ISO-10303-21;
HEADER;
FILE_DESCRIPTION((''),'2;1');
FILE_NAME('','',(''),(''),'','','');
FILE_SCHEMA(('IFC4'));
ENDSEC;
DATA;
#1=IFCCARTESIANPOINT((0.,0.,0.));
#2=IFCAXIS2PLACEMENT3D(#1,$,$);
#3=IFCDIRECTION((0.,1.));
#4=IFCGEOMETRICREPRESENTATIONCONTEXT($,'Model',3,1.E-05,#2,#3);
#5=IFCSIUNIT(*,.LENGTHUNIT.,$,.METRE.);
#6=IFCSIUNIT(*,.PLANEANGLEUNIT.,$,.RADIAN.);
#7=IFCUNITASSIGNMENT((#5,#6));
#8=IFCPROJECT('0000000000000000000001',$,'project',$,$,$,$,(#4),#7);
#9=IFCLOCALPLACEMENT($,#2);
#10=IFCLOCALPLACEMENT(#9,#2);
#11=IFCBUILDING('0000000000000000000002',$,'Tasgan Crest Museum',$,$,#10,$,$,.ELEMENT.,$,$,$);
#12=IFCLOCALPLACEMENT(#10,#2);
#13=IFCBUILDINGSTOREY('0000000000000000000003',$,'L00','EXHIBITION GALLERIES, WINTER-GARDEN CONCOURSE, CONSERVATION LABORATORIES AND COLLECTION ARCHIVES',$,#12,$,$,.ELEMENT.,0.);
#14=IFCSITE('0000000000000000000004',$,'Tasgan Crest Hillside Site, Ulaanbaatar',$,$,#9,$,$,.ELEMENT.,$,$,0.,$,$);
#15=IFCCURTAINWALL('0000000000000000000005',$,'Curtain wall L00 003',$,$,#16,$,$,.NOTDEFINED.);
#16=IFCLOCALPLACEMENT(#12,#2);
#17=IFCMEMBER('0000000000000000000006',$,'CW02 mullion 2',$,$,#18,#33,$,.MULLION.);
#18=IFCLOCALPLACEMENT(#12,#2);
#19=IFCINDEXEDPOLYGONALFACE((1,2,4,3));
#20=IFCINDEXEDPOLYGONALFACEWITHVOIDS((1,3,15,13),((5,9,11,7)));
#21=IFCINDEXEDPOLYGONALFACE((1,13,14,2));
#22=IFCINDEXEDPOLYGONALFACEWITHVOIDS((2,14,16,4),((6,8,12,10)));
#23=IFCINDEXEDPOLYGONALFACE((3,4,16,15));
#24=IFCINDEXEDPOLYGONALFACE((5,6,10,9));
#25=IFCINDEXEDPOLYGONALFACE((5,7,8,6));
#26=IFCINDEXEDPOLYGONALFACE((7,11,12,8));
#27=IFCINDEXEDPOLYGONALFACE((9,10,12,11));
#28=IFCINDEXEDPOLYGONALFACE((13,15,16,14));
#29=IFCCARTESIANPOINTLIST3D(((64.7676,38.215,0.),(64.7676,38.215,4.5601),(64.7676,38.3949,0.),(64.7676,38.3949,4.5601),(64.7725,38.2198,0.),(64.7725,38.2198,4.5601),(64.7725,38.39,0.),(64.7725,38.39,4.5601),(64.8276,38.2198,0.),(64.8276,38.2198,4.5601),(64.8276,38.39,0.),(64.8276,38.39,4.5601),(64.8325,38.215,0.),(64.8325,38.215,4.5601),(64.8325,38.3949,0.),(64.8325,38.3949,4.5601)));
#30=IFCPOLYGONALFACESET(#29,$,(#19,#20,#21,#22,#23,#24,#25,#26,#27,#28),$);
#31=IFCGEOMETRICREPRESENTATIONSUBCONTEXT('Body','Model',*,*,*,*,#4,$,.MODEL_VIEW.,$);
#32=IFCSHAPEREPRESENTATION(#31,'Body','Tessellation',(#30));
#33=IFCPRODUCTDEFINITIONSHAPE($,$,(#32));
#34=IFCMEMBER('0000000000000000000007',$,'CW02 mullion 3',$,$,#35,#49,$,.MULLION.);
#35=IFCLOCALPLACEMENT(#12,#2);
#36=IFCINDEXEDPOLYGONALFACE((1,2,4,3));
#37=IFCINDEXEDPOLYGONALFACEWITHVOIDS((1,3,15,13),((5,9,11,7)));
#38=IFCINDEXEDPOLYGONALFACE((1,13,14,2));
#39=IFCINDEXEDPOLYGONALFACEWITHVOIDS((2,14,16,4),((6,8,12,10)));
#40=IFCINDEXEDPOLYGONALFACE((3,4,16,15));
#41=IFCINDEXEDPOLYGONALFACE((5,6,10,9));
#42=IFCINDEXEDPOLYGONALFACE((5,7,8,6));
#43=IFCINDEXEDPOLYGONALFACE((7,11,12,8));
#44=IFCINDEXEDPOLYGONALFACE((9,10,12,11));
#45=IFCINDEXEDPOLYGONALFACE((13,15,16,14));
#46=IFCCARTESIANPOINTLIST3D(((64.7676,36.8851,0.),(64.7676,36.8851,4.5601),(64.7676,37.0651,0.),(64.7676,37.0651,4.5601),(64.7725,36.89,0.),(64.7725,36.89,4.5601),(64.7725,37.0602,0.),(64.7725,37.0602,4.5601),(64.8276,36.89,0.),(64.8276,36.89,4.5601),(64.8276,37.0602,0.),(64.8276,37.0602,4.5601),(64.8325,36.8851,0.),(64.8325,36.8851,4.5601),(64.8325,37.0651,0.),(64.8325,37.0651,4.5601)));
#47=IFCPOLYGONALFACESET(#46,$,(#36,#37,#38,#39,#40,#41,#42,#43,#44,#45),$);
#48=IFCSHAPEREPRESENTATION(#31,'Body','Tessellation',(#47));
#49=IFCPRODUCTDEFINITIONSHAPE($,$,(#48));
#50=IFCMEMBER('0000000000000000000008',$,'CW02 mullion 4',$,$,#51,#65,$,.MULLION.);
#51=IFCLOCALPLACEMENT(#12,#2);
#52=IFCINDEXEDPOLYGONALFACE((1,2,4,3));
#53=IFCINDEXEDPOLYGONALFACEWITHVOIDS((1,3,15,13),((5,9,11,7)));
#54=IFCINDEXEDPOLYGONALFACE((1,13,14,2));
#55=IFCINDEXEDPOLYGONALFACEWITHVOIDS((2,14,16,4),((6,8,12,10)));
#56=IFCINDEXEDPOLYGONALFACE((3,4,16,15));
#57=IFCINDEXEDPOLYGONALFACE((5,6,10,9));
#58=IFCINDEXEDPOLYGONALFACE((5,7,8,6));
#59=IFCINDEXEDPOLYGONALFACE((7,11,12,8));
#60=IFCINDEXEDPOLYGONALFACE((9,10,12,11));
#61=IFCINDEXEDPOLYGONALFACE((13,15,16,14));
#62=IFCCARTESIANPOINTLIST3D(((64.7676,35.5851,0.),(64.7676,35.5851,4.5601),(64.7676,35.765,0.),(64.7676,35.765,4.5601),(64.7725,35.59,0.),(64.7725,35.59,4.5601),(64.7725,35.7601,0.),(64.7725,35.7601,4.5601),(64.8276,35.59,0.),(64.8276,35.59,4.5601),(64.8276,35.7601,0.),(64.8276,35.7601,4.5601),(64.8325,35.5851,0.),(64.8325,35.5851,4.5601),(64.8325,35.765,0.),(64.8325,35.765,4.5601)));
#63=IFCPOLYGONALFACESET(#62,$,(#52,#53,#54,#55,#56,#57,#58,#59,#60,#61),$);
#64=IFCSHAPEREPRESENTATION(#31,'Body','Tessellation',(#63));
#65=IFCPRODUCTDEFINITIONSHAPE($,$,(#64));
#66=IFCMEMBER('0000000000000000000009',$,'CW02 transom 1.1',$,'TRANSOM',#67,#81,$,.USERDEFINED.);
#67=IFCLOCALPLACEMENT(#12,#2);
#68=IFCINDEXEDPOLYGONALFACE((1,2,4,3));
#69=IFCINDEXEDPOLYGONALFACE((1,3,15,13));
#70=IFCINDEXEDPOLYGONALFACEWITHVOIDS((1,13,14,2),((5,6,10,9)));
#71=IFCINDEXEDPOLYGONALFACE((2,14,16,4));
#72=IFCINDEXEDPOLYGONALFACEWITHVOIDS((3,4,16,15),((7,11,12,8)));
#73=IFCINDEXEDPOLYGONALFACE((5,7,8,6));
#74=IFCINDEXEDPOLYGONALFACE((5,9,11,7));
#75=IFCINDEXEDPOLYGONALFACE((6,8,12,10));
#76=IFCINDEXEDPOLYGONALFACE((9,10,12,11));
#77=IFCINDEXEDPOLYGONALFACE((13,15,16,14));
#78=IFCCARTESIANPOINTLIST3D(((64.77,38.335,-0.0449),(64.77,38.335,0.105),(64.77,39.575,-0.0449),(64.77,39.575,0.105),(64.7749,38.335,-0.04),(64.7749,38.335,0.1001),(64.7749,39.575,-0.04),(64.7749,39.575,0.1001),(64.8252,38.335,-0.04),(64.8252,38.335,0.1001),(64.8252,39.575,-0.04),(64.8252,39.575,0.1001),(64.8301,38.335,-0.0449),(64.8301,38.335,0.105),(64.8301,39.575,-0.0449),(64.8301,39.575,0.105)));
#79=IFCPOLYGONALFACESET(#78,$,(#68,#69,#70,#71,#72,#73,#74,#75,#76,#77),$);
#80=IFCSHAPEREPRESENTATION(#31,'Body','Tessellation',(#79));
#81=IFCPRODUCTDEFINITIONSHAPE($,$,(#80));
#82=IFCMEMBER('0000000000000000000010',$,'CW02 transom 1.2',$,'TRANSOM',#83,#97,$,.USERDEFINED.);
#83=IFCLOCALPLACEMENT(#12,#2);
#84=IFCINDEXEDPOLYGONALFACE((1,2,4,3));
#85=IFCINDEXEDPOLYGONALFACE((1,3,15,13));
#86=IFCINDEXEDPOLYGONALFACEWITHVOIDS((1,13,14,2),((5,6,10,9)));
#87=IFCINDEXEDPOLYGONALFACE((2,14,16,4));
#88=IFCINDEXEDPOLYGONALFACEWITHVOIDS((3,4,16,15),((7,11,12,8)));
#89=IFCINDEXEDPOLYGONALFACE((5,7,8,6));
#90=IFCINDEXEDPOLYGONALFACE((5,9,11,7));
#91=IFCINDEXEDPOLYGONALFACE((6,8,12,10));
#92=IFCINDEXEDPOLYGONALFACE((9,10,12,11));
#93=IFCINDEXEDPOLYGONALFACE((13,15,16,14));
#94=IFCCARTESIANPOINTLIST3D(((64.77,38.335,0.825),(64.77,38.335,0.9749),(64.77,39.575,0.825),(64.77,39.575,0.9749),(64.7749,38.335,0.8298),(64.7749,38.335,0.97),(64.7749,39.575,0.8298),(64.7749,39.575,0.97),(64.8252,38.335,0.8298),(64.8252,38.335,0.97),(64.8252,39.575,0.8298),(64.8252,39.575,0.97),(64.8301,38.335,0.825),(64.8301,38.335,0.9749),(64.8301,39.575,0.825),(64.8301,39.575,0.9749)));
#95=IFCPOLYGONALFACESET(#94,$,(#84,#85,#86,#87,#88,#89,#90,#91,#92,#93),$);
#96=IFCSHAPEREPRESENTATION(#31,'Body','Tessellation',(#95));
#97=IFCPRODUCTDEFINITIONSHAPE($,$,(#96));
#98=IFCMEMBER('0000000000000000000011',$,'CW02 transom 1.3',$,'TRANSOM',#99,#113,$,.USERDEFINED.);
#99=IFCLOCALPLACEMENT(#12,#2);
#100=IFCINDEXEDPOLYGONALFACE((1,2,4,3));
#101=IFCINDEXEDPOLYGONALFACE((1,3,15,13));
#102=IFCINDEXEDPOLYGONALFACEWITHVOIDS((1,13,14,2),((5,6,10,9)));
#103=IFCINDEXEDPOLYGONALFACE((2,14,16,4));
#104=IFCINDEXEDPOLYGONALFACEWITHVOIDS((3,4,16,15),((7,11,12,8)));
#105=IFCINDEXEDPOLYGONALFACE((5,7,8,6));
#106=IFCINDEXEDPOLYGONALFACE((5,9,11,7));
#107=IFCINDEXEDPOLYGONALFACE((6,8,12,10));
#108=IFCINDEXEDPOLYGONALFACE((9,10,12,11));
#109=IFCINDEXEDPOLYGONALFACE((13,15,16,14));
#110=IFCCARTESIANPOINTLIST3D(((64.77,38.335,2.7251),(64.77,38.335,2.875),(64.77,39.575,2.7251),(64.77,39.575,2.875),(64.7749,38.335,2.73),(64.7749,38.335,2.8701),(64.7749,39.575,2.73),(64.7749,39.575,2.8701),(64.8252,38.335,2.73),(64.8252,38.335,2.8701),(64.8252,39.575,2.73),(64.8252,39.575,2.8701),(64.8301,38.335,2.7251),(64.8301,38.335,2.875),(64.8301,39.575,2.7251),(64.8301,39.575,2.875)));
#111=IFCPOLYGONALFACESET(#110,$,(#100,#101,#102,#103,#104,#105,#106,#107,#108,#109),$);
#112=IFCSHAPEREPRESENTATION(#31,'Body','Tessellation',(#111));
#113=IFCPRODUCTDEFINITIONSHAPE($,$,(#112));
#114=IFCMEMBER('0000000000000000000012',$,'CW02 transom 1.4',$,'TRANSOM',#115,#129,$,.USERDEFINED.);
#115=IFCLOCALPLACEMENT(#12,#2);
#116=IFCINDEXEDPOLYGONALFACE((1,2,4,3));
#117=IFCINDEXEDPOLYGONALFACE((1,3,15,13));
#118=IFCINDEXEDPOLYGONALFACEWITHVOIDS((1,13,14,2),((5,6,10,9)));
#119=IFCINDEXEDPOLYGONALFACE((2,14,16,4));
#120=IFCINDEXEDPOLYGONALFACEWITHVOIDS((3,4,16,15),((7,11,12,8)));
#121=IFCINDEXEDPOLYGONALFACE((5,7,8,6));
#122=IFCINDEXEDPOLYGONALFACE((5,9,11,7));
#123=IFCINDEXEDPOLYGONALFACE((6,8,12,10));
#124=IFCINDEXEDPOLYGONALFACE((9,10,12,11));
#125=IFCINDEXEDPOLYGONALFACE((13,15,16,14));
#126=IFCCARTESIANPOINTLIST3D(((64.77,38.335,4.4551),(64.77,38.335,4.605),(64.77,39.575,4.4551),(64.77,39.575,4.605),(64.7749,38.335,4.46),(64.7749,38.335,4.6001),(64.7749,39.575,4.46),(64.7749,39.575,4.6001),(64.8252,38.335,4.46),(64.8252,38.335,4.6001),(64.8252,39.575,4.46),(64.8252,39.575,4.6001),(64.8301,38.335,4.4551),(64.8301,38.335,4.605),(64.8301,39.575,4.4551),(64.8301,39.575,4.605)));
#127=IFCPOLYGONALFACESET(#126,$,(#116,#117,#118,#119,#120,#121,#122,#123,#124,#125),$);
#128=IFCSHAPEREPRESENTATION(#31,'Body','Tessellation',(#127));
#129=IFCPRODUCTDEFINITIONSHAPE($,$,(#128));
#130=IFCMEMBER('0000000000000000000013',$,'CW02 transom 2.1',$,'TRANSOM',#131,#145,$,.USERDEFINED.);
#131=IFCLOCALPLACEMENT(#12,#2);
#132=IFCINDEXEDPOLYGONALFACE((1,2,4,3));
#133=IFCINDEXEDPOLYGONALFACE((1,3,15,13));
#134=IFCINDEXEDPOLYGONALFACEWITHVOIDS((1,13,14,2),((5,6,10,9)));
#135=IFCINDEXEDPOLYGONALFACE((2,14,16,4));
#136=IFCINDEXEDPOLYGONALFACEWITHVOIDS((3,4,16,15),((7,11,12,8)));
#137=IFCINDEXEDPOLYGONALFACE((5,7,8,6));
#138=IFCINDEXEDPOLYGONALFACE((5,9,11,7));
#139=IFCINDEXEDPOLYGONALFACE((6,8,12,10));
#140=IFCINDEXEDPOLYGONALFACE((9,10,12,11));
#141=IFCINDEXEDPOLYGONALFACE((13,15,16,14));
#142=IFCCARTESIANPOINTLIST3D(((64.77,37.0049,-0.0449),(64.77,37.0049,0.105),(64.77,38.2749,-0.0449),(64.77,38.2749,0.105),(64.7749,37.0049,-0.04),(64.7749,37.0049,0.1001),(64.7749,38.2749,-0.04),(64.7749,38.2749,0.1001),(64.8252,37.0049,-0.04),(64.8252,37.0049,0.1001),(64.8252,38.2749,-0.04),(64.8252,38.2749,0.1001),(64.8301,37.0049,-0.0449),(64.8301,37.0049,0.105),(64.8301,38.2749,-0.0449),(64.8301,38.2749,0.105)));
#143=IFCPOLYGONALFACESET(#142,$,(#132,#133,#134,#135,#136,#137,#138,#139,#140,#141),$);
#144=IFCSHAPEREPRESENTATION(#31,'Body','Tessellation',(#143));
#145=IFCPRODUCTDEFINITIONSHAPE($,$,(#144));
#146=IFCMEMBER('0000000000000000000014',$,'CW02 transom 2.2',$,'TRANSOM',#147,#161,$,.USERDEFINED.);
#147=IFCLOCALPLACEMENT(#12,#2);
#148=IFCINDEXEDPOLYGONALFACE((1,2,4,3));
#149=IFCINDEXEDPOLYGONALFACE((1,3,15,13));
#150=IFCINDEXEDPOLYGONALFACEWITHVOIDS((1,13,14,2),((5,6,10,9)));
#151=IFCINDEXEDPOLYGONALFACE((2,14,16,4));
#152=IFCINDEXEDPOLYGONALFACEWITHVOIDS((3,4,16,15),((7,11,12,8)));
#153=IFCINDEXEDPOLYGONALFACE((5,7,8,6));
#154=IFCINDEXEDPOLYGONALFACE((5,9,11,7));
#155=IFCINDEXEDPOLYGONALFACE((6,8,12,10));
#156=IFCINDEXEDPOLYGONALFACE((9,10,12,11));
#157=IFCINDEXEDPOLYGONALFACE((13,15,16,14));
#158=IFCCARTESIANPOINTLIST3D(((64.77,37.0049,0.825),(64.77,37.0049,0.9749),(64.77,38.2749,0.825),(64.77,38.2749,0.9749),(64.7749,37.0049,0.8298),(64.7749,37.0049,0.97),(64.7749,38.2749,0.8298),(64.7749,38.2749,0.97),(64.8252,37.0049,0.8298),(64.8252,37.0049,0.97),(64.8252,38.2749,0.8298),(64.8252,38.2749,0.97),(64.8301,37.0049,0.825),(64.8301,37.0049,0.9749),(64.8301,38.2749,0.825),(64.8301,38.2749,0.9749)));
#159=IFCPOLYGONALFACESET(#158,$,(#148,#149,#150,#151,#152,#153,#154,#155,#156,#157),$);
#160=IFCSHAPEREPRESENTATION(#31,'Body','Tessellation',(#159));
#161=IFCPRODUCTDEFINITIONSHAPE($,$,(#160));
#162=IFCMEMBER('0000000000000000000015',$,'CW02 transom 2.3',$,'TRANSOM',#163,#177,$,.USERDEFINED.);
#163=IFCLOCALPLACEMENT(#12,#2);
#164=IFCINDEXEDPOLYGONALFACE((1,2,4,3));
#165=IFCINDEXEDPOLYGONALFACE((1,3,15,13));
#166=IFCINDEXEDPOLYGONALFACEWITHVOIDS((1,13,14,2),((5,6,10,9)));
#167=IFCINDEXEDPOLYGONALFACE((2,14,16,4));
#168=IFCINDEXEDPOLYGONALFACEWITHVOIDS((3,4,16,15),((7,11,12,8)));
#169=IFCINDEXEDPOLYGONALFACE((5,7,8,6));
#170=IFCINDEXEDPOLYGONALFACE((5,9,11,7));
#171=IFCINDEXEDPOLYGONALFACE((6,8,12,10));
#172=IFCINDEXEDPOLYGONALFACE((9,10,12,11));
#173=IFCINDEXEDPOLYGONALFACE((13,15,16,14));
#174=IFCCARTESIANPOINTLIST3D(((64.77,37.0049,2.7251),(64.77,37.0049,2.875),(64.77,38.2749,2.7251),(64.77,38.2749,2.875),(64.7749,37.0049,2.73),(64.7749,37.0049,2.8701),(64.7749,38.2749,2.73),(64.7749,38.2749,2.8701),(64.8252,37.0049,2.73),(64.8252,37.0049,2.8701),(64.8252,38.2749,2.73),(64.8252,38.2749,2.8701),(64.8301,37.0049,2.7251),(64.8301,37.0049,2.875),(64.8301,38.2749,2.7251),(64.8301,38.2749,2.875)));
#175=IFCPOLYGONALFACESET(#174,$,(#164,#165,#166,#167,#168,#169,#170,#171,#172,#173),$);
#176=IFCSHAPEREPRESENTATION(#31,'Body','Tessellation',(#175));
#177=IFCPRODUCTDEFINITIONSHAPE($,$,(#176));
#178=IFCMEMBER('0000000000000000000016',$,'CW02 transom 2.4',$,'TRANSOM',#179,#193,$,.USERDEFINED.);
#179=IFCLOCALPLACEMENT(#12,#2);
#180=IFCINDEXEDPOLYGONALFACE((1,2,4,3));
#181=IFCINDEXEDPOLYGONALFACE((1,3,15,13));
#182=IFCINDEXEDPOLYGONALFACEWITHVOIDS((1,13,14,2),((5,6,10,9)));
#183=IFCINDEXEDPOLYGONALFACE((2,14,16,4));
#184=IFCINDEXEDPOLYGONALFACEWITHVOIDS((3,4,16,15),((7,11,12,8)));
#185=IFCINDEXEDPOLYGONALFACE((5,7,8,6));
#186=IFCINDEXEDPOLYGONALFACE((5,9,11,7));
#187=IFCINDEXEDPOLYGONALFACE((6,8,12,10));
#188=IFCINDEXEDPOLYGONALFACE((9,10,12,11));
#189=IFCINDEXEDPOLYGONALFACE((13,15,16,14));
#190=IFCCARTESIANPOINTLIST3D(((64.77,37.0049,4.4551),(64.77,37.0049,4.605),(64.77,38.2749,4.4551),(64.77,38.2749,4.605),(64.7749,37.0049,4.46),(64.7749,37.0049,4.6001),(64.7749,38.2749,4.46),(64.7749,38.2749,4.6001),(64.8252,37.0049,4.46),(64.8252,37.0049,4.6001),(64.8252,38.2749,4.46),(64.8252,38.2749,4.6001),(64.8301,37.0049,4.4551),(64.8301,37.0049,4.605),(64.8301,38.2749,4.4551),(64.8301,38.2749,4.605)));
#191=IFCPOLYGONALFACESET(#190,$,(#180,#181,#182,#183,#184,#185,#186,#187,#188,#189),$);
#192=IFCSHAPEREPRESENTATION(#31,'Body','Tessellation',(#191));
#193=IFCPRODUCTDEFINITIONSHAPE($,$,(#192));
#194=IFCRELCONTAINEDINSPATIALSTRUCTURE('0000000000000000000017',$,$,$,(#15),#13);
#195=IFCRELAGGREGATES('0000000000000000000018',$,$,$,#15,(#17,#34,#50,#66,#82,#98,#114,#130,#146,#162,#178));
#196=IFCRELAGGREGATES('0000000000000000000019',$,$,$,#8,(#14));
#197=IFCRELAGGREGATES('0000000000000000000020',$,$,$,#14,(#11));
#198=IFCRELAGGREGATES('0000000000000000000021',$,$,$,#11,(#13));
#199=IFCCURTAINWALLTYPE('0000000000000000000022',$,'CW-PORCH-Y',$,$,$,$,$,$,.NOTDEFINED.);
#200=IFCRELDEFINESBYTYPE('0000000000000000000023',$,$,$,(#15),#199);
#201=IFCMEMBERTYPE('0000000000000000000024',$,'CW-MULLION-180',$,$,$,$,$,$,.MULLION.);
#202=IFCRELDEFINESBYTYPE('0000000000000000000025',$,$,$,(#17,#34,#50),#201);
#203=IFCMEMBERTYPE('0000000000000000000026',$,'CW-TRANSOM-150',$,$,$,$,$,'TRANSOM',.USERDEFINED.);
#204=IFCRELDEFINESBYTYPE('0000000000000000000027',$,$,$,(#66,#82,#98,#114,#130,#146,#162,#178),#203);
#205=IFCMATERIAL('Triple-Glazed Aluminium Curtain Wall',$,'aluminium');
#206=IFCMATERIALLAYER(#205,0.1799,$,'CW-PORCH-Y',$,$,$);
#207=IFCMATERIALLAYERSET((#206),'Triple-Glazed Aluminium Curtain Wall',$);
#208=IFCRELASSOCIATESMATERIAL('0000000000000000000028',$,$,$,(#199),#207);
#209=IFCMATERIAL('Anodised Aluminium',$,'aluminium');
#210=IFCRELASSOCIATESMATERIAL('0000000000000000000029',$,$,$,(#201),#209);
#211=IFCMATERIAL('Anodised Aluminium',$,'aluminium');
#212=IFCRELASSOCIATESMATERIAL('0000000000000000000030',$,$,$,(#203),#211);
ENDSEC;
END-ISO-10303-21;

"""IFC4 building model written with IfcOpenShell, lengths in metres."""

from ifc_helpers import new_model, si_unit, direction, frame, origin, origin_2d, place, context, subcontext, project, spatial, hollow_rectangle, extrude, material, layer, layer_set, material_profile, profile_set, type_object, element, aggregate, save


model = new_model("IFC4")

# Units and contexts
model_context = context("Model", 3, precision=1e-05, world=origin(), true_north=direction((0.0, 1.0)))
body_context = subcontext(model_context, "Body", "Model", "MODEL_VIEW")
ifc_project = project(units=[si_unit("LENGTHUNIT", "METRE"), si_unit("PLANEANGLEUNIT", "RADIAN")], contexts=[model_context])

# Site, building, storey
site_placement = place(None, origin())
site = spatial("IfcSite", under=ifc_project, at=site_placement, Name="Tasgan Crest Hillside Site, Ulaanbaatar", CompositionType="ELEMENT", RefElevation=0.0)
building_placement = place(site_placement, origin())
building = spatial("IfcBuilding", under=site, at=building_placement, Name="Tasgan Crest Museum", CompositionType="ELEMENT")
storey_placement = place(building_placement, origin())
storey = spatial("IfcBuildingStorey", under=building, at=storey_placement, Name="L00", Description="EXHIBITION GALLERIES, WINTER-GARDEN CONCOURSE, CONSERVATION LABORATORIES AND COLLECTION ARCHIVES", CompositionType="ELEMENT", Elevation=0.0)

# Curtain wall, members
ifc_material_1 = material(Name="Triple-Glazed Aluminium Curtain Wall", Category="aluminium")
ifc_layer_1 = layer(ifc_material_1, 0.1799, Name="CW-PORCH-Y")
ifc_layer_set_1 = layer_set([ifc_layer_1], Name="Triple-Glazed Aluminium Curtain Wall")
curtain_wall_type_1 = type_object("IfcCurtainWallType", Name="CW-PORCH-Y", PredefinedType="NOTDEFINED", material=ifc_layer_set_1)
curtain_wall_1_placement = place(storey_placement, origin())
curtain_wall_1 = element("IfcCurtainWall", 1, at=curtain_wall_1_placement, inside=storey, type_object=curtain_wall_type_1, Name="Curtain wall L00 003", PredefinedType="NOTDEFINED")
ifc_material_2 = material(Name="Anodised Aluminium", Category="aluminium")
ifc_material_profile_1 = material_profile(ifc_material_2, hollow_rectangle(XDim=0.0649, YDim=0.1799, WallThickness=0.0049, at=origin_2d()), Name="ALU MULLION 180x65x5")
ifc_profile_set_1 = profile_set([ifc_material_profile_1], Name="Anodised Aluminium")
member_type_1 = type_object("IfcMemberType", Name="CW-MULLION-180", PredefinedType="MULLION", material=ifc_profile_set_1)
member_1_placement = place(storey_placement, frame((64.8, 38.3049, 0.0), z_axis=(0.0, 0.0, 1.0), x_axis=(1.0, 0.0, 0.0)))
member_1 = element("IfcMember", 2, at=member_1_placement, type_object=member_type_1, Name="CW02 mullion 2", PredefinedType="MULLION", context=body_context, shape_type="SweptSolid", body=[
    extrude(hollow_rectangle(XDim=0.0649, YDim=0.1799, WallThickness=0.0049, at=origin_2d()), origin(), (0.0, 0.0, 1.0), 4.5601),
])
member_2_placement = place(storey_placement, frame((64.8, 36.9751, 0.0), z_axis=(0.0, 0.0, 1.0), x_axis=(1.0, 0.0, 0.0)))
member_2 = element("IfcMember", 3, at=member_2_placement, type_object=member_type_1, Name="CW02 mullion 3", PredefinedType="MULLION", context=body_context, shape_type="SweptSolid", body=[
    extrude(hollow_rectangle(XDim=0.0649, YDim=0.1799, WallThickness=0.0049, at=origin_2d()), origin(), (0.0, 0.0, 1.0), 4.5601),
])
member_3_placement = place(storey_placement, frame((64.8, 35.675, 0.0), z_axis=(0.0, 0.0, 1.0), x_axis=(1.0, 0.0, 0.0)))
member_3 = element("IfcMember", 4, at=member_3_placement, type_object=member_type_1, Name="CW02 mullion 4", PredefinedType="MULLION", context=body_context, shape_type="SweptSolid", body=[
    extrude(hollow_rectangle(XDim=0.0649, YDim=0.1799, WallThickness=0.0049, at=origin_2d()), origin(), (0.0, 0.0, 1.0), 4.5601),
])
ifc_material_3 = material(Name="Anodised Aluminium", Category="aluminium")
ifc_material_profile_2 = material_profile(ifc_material_3, hollow_rectangle(XDim=0.0601, YDim=0.1499, WallThickness=0.0049, at=origin_2d()), Name="ALU TRANSOM 150x60x5")
ifc_profile_set_2 = profile_set([ifc_material_profile_2], Name="Anodised Aluminium")
member_type_2 = type_object("IfcMemberType", Name="CW-TRANSOM-150", ElementType="TRANSOM", PredefinedType="USERDEFINED", material=ifc_profile_set_2)
member_4_placement = place(storey_placement, frame((64.8, 39.575, 0.03), z_axis=(0.0, -1.0, 0.0), x_axis=(1.0, 0.0, 0.0)))
member_4 = element("IfcMember", 5, at=member_4_placement, type_object=member_type_2, Name="CW02 transom 1.1", ObjectType="TRANSOM", PredefinedType="USERDEFINED", context=body_context, shape_type="SweptSolid", body=[
    extrude(hollow_rectangle(XDim=0.0601, YDim=0.1499, WallThickness=0.0049, at=origin_2d()), origin(), (0.0, 0.0, 1.0), 1.24),
])
member_5_placement = place(storey_placement, frame((64.8, 39.575, 0.8999), z_axis=(0.0, -1.0, 0.0), x_axis=(1.0, 0.0, 0.0)))
member_5 = element("IfcMember", 6, at=member_5_placement, type_object=member_type_2, Name="CW02 transom 1.2", ObjectType="TRANSOM", PredefinedType="USERDEFINED", context=body_context, shape_type="SweptSolid", body=[
    extrude(hollow_rectangle(XDim=0.0601, YDim=0.1499, WallThickness=0.0049, at=origin_2d()), origin(), (0.0, 0.0, 1.0), 1.24),
])
member_6_placement = place(storey_placement, frame((64.8, 39.575, 2.8), z_axis=(0.0, -1.0, 0.0), x_axis=(1.0, 0.0, 0.0)))
member_6 = element("IfcMember", 7, at=member_6_placement, type_object=member_type_2, Name="CW02 transom 1.3", ObjectType="TRANSOM", PredefinedType="USERDEFINED", context=body_context, shape_type="SweptSolid", body=[
    extrude(hollow_rectangle(XDim=0.0601, YDim=0.1499, WallThickness=0.0049, at=origin_2d()), origin(), (0.0, 0.0, 1.0), 1.24),
])
member_7_placement = place(storey_placement, frame((64.8, 39.575, 4.53), z_axis=(0.0, -1.0, 0.0), x_axis=(1.0, 0.0, 0.0)))
member_7 = element("IfcMember", 8, at=member_7_placement, type_object=member_type_2, Name="CW02 transom 1.4", ObjectType="TRANSOM", PredefinedType="USERDEFINED", context=body_context, shape_type="SweptSolid", body=[
    extrude(hollow_rectangle(XDim=0.0601, YDim=0.1499, WallThickness=0.0049, at=origin_2d()), origin(), (0.0, 0.0, 1.0), 1.24),
])
member_8_placement = place(storey_placement, frame((64.8, 38.2749, 0.03), z_axis=(0.0, -1.0, 0.0), x_axis=(1.0, 0.0, 0.0)))
member_8 = element("IfcMember", 9, at=member_8_placement, type_object=member_type_2, Name="CW02 transom 2.1", ObjectType="TRANSOM", PredefinedType="USERDEFINED", context=body_context, shape_type="SweptSolid", body=[
    extrude(hollow_rectangle(XDim=0.0601, YDim=0.1499, WallThickness=0.0049, at=origin_2d()), origin(), (0.0, 0.0, 1.0), 1.27),
])
member_9_placement = place(storey_placement, frame((64.8, 38.2749, 0.8999), z_axis=(0.0, -1.0, 0.0), x_axis=(1.0, 0.0, 0.0)))
member_9 = element("IfcMember", 10, at=member_9_placement, type_object=member_type_2, Name="CW02 transom 2.2", ObjectType="TRANSOM", PredefinedType="USERDEFINED", context=body_context, shape_type="SweptSolid", body=[
    extrude(hollow_rectangle(XDim=0.0601, YDim=0.1499, WallThickness=0.0049, at=origin_2d()), origin(), (0.0, 0.0, 1.0), 1.27),
])
member_10_placement = place(storey_placement, frame((64.8, 38.2749, 2.8), z_axis=(0.0, -1.0, 0.0), x_axis=(1.0, 0.0, 0.0)))
member_10 = element("IfcMember", 11, at=member_10_placement, type_object=member_type_2, Name="CW02 transom 2.3", ObjectType="TRANSOM", PredefinedType="USERDEFINED", context=body_context, shape_type="SweptSolid", body=[
    extrude(hollow_rectangle(XDim=0.0601, YDim=0.1499, WallThickness=0.0049, at=origin_2d()), origin(), (0.0, 0.0, 1.0), 1.27),
])
member_11_placement = place(storey_placement, frame((64.8, 38.2749, 4.53), z_axis=(0.0, -1.0, 0.0), x_axis=(1.0, 0.0, 0.0)))
member_11 = element("IfcMember", 12, at=member_11_placement, type_object=member_type_2, Name="CW02 transom 2.4", ObjectType="TRANSOM", PredefinedType="USERDEFINED", context=body_context, shape_type="SweptSolid", body=[
    extrude(hollow_rectangle(XDim=0.0601, YDim=0.1499, WallThickness=0.0049, at=origin_2d()), origin(), (0.0, 0.0, 1.0), 1.27),
])

aggregate(curtain_wall_1, [member_1, member_2, member_3, member_4, member_5, member_6, member_7, member_8, member_9, member_10, member_11])

save(model, "model.ifc")
